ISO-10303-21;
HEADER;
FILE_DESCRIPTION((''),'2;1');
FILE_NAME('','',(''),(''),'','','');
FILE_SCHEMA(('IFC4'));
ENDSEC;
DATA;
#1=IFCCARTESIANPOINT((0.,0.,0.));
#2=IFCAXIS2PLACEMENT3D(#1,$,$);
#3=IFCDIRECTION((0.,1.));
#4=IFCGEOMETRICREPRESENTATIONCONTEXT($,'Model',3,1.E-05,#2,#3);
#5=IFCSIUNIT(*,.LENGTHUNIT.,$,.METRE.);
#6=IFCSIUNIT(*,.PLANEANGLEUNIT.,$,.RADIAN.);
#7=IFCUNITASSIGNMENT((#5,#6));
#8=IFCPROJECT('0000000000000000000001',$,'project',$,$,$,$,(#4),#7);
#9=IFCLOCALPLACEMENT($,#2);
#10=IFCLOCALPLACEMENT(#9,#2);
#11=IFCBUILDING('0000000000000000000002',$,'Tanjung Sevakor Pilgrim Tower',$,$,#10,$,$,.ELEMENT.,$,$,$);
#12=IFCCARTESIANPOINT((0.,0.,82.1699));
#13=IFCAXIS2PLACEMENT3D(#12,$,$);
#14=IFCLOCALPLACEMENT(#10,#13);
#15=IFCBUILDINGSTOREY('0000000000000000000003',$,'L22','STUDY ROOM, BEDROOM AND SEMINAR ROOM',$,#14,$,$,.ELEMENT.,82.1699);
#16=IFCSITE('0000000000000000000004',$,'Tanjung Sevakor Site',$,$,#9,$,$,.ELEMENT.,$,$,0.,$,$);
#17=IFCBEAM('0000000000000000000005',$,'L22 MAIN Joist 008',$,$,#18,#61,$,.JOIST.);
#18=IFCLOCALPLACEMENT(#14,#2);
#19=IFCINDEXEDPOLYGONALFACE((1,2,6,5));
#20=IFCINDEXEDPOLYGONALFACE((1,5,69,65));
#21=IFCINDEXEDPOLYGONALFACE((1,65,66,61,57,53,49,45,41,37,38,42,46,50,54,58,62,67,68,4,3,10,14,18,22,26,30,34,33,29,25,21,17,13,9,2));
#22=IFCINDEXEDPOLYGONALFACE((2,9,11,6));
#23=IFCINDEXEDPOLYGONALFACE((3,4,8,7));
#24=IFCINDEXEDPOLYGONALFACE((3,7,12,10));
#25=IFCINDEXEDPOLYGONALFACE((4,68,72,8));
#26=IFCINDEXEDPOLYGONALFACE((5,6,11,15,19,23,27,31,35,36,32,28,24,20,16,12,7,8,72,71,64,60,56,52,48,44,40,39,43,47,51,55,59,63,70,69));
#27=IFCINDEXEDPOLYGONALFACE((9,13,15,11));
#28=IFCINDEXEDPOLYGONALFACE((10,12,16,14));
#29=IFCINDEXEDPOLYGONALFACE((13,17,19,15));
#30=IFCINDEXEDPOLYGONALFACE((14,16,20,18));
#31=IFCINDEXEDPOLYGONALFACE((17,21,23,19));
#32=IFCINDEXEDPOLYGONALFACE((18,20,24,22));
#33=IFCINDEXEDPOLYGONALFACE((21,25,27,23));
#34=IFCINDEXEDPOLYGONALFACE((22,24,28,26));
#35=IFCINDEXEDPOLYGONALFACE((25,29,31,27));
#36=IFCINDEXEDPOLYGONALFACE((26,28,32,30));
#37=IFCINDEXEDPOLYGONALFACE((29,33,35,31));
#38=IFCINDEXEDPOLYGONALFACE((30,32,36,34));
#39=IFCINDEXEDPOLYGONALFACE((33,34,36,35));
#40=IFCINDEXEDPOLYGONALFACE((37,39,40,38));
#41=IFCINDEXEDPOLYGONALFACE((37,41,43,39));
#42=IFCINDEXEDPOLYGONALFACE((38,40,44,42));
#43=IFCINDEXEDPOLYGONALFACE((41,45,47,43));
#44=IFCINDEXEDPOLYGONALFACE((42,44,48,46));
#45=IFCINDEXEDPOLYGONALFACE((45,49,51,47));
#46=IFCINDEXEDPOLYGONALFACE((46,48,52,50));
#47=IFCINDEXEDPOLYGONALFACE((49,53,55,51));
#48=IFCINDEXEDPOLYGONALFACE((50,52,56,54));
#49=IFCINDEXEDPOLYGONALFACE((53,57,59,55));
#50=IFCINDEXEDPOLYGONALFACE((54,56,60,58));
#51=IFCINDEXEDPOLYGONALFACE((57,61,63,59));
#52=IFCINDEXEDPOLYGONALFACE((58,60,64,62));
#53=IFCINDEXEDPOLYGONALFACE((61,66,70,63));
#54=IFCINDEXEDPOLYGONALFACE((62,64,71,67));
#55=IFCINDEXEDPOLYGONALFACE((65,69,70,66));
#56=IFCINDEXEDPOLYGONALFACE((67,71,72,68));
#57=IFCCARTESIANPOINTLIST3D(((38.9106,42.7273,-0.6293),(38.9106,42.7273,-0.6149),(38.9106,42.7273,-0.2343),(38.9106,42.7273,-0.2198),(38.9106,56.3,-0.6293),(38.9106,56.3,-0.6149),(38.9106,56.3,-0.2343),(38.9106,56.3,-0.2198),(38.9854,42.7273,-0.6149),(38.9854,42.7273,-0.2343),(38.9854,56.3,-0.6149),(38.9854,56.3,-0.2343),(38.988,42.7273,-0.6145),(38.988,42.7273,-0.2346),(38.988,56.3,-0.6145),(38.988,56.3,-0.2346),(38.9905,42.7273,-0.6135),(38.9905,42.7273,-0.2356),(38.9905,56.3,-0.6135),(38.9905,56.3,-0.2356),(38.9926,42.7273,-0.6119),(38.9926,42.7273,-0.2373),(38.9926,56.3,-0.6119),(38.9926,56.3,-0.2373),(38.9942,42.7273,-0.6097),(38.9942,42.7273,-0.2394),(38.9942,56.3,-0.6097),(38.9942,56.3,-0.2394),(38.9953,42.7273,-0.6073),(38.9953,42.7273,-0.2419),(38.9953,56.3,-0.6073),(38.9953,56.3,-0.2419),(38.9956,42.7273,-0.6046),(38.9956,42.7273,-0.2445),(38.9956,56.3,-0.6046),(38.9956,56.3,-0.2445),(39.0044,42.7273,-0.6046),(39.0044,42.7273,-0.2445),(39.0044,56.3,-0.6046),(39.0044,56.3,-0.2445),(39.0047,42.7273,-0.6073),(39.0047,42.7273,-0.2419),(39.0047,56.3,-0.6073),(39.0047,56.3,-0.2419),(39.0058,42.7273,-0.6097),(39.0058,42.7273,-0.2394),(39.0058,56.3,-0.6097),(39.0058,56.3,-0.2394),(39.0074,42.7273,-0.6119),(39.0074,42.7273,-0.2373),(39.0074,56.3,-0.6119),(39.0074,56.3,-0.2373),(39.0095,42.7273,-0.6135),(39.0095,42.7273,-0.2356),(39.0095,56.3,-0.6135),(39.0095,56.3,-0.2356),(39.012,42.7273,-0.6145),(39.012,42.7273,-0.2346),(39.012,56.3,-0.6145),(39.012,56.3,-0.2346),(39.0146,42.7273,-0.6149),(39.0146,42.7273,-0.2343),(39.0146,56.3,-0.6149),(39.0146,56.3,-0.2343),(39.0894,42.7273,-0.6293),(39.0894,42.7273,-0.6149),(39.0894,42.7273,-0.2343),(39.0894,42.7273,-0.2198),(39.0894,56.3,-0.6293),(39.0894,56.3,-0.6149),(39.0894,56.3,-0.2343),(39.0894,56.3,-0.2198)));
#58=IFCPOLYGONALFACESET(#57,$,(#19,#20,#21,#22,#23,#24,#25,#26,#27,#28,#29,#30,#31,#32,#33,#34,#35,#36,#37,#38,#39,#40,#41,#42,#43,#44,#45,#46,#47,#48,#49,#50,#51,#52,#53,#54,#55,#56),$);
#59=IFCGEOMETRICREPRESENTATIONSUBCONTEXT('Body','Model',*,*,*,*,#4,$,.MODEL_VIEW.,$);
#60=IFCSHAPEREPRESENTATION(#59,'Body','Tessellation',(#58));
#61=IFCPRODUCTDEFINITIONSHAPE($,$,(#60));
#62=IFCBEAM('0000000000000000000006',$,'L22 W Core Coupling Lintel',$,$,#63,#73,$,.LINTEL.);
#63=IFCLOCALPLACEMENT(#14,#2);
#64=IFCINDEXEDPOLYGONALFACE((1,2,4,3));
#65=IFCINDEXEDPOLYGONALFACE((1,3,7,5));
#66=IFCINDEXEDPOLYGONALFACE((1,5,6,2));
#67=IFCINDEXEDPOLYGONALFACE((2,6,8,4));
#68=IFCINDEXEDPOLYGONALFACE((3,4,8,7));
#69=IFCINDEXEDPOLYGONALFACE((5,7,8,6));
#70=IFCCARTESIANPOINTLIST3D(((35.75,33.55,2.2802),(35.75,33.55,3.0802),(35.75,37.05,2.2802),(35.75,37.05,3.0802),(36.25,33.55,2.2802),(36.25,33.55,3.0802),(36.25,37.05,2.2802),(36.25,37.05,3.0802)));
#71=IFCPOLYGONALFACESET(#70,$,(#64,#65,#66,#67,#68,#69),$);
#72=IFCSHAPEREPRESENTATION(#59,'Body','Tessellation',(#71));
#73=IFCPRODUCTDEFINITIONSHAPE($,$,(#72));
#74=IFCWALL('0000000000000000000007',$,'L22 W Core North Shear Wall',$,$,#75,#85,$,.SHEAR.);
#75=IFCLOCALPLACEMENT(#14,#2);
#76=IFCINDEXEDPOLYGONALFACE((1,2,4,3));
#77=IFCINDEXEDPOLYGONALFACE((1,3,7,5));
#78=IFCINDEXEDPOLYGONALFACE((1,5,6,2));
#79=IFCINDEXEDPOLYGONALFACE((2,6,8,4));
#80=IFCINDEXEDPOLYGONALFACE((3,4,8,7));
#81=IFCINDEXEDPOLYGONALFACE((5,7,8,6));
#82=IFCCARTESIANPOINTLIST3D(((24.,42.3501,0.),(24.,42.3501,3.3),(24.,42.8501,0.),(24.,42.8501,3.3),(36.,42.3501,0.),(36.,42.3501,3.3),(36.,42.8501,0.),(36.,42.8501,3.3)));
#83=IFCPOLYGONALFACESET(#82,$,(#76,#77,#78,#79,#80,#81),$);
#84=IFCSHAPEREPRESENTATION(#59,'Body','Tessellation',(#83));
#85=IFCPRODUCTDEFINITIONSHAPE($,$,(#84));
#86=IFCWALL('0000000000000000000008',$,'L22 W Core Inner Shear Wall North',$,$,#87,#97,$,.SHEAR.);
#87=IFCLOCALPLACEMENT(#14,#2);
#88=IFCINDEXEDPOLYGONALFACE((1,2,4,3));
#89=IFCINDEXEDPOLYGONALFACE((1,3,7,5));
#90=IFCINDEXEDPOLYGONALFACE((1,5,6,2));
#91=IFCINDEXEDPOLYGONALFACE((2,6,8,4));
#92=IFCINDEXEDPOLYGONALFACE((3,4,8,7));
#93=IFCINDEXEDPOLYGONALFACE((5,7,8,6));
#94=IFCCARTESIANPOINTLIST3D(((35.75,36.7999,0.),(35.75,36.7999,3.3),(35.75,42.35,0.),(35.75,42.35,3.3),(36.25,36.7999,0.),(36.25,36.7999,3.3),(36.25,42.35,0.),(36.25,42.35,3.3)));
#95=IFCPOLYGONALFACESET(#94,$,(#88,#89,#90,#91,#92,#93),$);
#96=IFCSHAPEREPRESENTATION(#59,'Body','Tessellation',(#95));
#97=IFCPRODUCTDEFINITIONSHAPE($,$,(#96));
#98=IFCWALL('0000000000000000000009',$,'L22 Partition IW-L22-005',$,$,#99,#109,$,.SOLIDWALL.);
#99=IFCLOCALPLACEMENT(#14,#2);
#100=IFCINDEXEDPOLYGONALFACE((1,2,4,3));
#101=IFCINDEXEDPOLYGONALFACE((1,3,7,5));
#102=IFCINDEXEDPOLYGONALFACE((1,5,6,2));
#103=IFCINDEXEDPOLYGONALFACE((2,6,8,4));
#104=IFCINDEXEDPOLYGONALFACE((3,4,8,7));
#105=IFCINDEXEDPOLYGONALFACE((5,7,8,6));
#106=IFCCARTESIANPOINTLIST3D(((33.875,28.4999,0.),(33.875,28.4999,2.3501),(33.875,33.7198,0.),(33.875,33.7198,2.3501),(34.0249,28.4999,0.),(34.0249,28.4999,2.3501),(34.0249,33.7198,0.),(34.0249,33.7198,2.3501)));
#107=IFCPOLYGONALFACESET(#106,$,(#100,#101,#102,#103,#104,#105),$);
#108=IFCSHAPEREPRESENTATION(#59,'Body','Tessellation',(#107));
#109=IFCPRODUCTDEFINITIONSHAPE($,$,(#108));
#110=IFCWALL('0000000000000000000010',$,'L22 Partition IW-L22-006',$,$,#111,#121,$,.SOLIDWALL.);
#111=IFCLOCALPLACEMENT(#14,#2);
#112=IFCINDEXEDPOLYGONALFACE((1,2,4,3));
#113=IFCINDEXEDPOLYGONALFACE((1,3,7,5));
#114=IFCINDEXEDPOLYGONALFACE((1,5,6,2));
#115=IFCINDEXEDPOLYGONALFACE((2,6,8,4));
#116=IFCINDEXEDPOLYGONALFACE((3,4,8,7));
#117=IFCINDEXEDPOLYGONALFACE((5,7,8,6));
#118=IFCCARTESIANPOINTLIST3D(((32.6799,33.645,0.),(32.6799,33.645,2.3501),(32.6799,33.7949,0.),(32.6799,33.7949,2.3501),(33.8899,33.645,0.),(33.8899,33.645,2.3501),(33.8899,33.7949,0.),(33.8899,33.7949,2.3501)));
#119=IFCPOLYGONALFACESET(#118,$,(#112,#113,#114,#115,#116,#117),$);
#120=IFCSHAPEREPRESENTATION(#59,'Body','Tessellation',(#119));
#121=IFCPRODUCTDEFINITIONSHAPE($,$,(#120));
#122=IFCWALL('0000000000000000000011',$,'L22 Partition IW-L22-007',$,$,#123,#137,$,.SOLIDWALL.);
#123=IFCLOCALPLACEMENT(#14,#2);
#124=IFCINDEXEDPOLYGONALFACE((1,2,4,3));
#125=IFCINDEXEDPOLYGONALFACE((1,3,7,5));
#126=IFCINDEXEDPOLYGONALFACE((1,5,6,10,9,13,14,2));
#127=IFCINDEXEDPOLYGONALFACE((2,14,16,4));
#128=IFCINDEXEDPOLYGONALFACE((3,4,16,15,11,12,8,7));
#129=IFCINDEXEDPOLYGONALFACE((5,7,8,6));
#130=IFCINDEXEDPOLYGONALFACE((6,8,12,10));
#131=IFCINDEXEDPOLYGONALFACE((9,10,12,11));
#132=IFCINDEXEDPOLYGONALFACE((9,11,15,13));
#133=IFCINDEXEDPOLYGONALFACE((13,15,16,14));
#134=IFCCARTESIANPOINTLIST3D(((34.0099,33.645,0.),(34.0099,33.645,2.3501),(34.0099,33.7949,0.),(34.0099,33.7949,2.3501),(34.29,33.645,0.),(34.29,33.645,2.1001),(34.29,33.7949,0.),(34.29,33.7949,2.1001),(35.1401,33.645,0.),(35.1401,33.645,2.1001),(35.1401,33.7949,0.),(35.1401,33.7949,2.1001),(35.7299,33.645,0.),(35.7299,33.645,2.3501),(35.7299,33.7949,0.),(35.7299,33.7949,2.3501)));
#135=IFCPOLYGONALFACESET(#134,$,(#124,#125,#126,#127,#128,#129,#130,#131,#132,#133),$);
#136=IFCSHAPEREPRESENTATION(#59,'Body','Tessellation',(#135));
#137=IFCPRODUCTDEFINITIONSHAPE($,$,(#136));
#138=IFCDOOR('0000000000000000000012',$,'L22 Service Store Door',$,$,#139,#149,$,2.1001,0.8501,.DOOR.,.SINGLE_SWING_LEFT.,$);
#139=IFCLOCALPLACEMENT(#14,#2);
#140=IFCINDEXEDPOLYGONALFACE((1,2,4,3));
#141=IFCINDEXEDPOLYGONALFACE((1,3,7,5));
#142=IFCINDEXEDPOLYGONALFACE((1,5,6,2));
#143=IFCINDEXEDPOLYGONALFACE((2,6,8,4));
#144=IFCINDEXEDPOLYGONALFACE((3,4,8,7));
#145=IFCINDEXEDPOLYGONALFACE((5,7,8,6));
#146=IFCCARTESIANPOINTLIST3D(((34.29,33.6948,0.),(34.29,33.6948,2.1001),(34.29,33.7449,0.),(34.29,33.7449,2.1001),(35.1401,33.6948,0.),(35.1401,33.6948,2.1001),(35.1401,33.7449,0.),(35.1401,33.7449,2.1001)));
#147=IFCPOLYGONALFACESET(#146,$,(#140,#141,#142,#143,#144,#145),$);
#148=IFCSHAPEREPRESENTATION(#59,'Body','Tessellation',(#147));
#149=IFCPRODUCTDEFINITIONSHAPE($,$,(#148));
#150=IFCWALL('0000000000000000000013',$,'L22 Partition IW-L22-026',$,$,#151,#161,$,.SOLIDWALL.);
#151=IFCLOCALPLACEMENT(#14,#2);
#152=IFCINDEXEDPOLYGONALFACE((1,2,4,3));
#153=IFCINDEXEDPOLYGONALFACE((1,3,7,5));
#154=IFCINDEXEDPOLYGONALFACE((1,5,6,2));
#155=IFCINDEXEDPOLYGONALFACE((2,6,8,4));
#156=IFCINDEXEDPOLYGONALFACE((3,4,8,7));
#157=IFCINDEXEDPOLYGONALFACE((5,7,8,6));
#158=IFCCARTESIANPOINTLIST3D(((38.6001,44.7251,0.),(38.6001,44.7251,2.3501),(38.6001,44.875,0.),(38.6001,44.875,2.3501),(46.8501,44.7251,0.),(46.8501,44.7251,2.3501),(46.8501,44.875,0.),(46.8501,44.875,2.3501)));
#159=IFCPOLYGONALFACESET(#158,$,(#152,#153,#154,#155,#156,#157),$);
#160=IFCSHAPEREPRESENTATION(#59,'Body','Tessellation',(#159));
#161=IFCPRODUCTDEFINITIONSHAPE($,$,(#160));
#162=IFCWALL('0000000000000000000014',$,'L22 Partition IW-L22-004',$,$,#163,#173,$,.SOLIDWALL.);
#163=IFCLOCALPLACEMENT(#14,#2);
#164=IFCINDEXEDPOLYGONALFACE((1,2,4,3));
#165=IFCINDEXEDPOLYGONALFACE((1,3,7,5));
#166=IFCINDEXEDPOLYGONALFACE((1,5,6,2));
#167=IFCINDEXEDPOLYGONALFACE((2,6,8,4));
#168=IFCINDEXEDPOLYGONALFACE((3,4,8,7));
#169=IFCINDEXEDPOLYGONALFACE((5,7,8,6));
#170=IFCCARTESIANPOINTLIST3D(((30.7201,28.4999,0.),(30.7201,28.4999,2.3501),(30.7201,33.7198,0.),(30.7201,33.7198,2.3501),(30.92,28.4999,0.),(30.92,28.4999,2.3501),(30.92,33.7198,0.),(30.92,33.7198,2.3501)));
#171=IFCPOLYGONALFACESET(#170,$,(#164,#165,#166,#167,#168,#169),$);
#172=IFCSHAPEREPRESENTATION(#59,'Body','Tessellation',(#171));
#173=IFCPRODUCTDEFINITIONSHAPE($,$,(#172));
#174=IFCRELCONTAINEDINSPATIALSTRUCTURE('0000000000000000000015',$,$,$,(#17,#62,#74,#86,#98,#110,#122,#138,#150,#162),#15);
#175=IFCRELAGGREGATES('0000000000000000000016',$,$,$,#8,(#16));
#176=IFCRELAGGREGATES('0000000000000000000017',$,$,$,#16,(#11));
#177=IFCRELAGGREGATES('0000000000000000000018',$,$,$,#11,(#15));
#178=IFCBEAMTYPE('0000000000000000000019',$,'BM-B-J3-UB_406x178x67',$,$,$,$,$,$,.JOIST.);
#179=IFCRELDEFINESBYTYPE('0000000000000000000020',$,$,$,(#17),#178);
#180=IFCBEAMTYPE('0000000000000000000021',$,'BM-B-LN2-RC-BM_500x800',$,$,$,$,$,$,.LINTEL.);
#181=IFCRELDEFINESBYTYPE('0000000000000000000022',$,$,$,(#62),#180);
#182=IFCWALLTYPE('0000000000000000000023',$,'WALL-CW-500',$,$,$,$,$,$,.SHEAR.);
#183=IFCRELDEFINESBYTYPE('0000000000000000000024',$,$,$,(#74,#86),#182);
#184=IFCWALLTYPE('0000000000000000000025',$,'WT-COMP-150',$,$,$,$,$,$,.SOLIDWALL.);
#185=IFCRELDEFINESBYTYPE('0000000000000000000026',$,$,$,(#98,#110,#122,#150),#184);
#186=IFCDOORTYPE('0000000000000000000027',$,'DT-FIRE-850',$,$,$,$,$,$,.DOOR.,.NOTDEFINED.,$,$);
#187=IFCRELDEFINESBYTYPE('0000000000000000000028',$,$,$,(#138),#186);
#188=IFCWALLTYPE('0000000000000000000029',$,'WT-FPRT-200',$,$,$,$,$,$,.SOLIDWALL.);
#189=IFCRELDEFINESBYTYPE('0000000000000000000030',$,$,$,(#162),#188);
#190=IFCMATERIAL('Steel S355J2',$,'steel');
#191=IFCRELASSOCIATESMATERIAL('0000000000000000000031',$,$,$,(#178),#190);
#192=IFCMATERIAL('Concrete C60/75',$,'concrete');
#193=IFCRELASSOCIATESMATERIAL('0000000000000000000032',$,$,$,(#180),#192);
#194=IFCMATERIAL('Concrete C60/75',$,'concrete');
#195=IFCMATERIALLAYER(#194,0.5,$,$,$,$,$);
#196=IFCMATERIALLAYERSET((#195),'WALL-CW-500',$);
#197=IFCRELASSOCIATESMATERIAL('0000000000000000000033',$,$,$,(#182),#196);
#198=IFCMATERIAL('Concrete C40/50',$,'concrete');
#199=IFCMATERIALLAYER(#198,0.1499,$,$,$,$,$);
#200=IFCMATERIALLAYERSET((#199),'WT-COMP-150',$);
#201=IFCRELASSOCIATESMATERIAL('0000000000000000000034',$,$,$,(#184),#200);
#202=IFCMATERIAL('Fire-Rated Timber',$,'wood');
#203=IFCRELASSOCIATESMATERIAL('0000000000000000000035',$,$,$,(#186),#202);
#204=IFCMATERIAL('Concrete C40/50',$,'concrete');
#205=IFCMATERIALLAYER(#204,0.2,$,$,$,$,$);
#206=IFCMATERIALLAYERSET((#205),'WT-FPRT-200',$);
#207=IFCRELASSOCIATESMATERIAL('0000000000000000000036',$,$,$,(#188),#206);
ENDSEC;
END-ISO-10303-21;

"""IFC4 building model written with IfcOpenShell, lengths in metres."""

from ifc_helpers import new_model, si_unit, direction, frame, frame_2d, origin, origin_2d, place, context, subcontext, project, spatial, rectangle, i_section, extrude, material, layer, layer_set, material_profile, profile_set, type_object, element, fill, save


model = new_model("IFC4")

# Units and contexts
model_context = context("Model", 3, precision=1e-05, world=origin(), true_north=direction((0.0, 1.0)))
body_context = subcontext(model_context, "Body", "Model", "MODEL_VIEW")
ifc_project = project(units=[si_unit("LENGTHUNIT", "METRE"), si_unit("PLANEANGLEUNIT", "RADIAN")], contexts=[model_context])

# Site, building, storey
site_placement = place(None, origin())
site = spatial("IfcSite", under=ifc_project, at=site_placement, Name="Tanjung Sevakor Site", CompositionType="ELEMENT", RefElevation=0.0)
building_placement = place(site_placement, origin())
building = spatial("IfcBuilding", under=site, at=building_placement, Name="Tanjung Sevakor Pilgrim Tower", CompositionType="ELEMENT")
storey_placement = place(building_placement, frame((0.0, 0.0, 82.1699)))
storey = spatial("IfcBuildingStorey", under=building, at=storey_placement, Name="L22", Description="STUDY ROOM, BEDROOM AND SEMINAR ROOM", CompositionType="ELEMENT", Elevation=82.1699)

# Beams
ifc_material_1 = material(Name="Steel S355J2", Category="steel")
ifc_material_profile_1 = material_profile(ifc_material_1, i_section(OverallWidth=0.1787, OverallDepth=0.4094, WebThickness=0.0088, FlangeThickness=0.0144, FilletRadius=0.0103, at=origin_2d()))
ifc_profile_set_1 = profile_set([ifc_material_profile_1], Name="Steel S355J2")
beam_type_1 = type_object("IfcBeamType", Name="BM-B-J3-UB_406x178x67", PredefinedType="JOIST", material=ifc_profile_set_1)
beam_1_placement = place(storey_placement, frame((39.0, 42.7273, -0.4246), z_axis=(0.0, 1.0, 0.0), x_axis=(-1.0, 0.0, 0.0)))
element("IfcBeam", 1, at=beam_1_placement, inside=storey, type_object=beam_type_1, Name="L22 MAIN Joist 008", PredefinedType="JOIST", context=body_context, shape_type="SweptSolid", body=[
    extrude(i_section(OverallWidth=0.1787, OverallDepth=0.4094, WebThickness=0.0088, FlangeThickness=0.0144, FilletRadius=0.0103, at=origin_2d()), origin(), (0.0, 0.0, 1.0), 13.5728),
])
ifc_material_2 = material(Name="Concrete C60/75", Category="concrete")
ifc_material_profile_2 = material_profile(ifc_material_2, rectangle(XDim=0.5, YDim=0.8, at=origin_2d()))
ifc_profile_set_2 = profile_set([ifc_material_profile_2], Name="Concrete C60/75")
beam_type_2 = type_object("IfcBeamType", Name="BM-B-LN2-RC-BM_500x800", PredefinedType="LINTEL", material=ifc_profile_set_2)
beam_2_placement = place(storey_placement, frame((36.0, 33.55, 2.6802), z_axis=(0.0, 1.0, 0.0), x_axis=(-1.0, 0.0, 0.0)))
element("IfcBeam", 2, at=beam_2_placement, inside=storey, type_object=beam_type_2, Name="L22 W Core Coupling Lintel", PredefinedType="LINTEL", context=body_context, shape_type="SweptSolid", body=[
    extrude(rectangle(XDim=0.5, YDim=0.8, at=origin_2d()), origin(), (0.0, 0.0, 1.0), 3.5),
])

# Walls
ifc_material_3 = material(Name="Concrete C60/75", Category="concrete")
ifc_layer_1 = layer(ifc_material_3, 0.5)
ifc_layer_set_1 = layer_set([ifc_layer_1], Name="WALL-CW-500")
wall_type_1 = type_object("IfcWallType", Name="WALL-CW-500", PredefinedType="SHEAR", material=ifc_layer_set_1)
wall_1_placement = place(storey_placement, frame((36.0, 42.6001, 0.0), z_axis=(0.0, 0.0, 1.0), x_axis=(-1.0, 0.0, 0.0)))
element("IfcWall", 3, at=wall_1_placement, inside=storey, type_object=wall_type_1, Name="L22 W Core North Shear Wall", PredefinedType="SHEAR", context=body_context, shape_type="SweptSolid", body=[
    extrude(rectangle(XDim=12.0, YDim=0.5, at=frame_2d((6.0, 0.0))), origin(), (0.0, 0.0, 1.0), 3.3),
])
wall_2_placement = place(storey_placement, frame((36.0, 36.8, 0.0), z_axis=(0.0, 0.0, 1.0), x_axis=(0.0, 1.0, 0.0)))
element("IfcWall", 4, at=wall_2_placement, inside=storey, type_object=wall_type_1, Name="L22 W Core Inner Shear Wall North", PredefinedType="SHEAR", context=body_context, shape_type="SweptSolid", body=[
    extrude(rectangle(XDim=5.55, YDim=0.5, at=frame_2d((2.7749, 0.0))), origin(), (0.0, 0.0, 1.0), 3.3),
])
ifc_material_4 = material(Name="Concrete C40/50", Category="concrete")
ifc_layer_2 = layer(ifc_material_4, 0.1499)
ifc_layer_set_2 = layer_set([ifc_layer_2], Name="WT-COMP-150")
wall_type_2 = type_object("IfcWallType", Name="WT-COMP-150", PredefinedType="SOLIDWALL", material=ifc_layer_set_2)
wall_3_placement = place(storey_placement, frame((33.95, 28.5, 0.0), z_axis=(0.0, 0.0, 1.0), x_axis=(0.0, 1.0, 0.0)))
element("IfcWall", 5, at=wall_3_placement, inside=storey, type_object=wall_type_2, Name="L22 Partition IW-L22-005", PredefinedType="SOLIDWALL", context=body_context, shape_type="SweptSolid", body=[
    extrude(rectangle(XDim=5.22, YDim=0.1499, at=frame_2d((2.6099, 0.0))), origin(), (0.0, 0.0, 1.0), 2.3501),
])
wall_4_placement = place(storey_placement, frame((32.6799, 33.72, 0.0), z_axis=(0.0, 0.0, 1.0), x_axis=(1.0, 0.0, 0.0)))
element("IfcWall", 6, at=wall_4_placement, inside=storey, type_object=wall_type_2, Name="L22 Partition IW-L22-006", PredefinedType="SOLIDWALL", context=body_context, shape_type="SweptSolid", body=[
    extrude(rectangle(XDim=1.21, YDim=0.1499, at=frame_2d((0.605, 0.0))), origin(), (0.0, 0.0, 1.0), 2.3501),
])

# Wall, opening, door
wall_5_placement = place(storey_placement, frame((34.01, 33.72, 0.0), z_axis=(0.0, 0.0, 1.0), x_axis=(1.0, 0.0, 0.0)))
wall_5 = element("IfcWall", 7, at=wall_5_placement, inside=storey, type_object=wall_type_2, Name="L22 Partition IW-L22-007", PredefinedType="SOLIDWALL", context=body_context, shape_type="SweptSolid", body=[
    extrude(rectangle(XDim=1.72, YDim=0.1499, at=frame_2d((0.8599, 0.0))), origin(), (0.0, 0.0, 1.0), 2.3501),
])
opening_1_placement = place(wall_5_placement, frame((0.28, 0.0, 0.0)))
opening_1 = element("IfcOpeningElement", 8, at=opening_1_placement, cuts=wall_5, PredefinedType="OPENING", context=body_context, shape_type="SweptSolid", body=[
    extrude(rectangle(XDim=0.8501, YDim=2.1001, at=frame_2d((0.425, 1.05))), frame((0.0, 0.085, 0.0), z_axis=(0.0, -1.0, 0.0), x_axis=(1.0, 0.0, 0.0)), (0.0, 0.0, 1.0), 0.1699),
])
ifc_material_5 = material(Name="Fire-Rated Timber", Category="wood")
door_type_1 = type_object("IfcDoorType", Name="DT-FIRE-850", OperationType="NOTDEFINED", PredefinedType="DOOR", material=ifc_material_5)
door_1_placement = place(opening_1_placement, origin())
door_1 = element("IfcDoor", 9, at=door_1_placement, inside=storey, type_object=door_type_1, Name="L22 Service Store Door", OperationType="SINGLE_SWING_LEFT", OverallHeight=2.1001, OverallWidth=0.8501, PredefinedType="DOOR", context=body_context, shape_type="SweptSolid", body=[
    extrude(rectangle(XDim=0.8501, YDim=2.1001, at=frame_2d((0.425, 1.05))), frame((0.0, 0.0249, 0.0), z_axis=(0.0, -1.0, 0.0), x_axis=(1.0, 0.0, 0.0)), (0.0, 0.0, 1.0), 0.05),
])
fill(opening_1, door_1)

# Walls
wall_6_placement = place(storey_placement, frame((38.6001, 44.8, 0.0), z_axis=(0.0, 0.0, 1.0), x_axis=(1.0, 0.0, 0.0)))
element("IfcWall", 10, at=wall_6_placement, inside=storey, type_object=wall_type_2, Name="L22 Partition IW-L22-026", PredefinedType="SOLIDWALL", context=body_context, shape_type="SweptSolid", body=[
    extrude(rectangle(XDim=8.25, YDim=0.1499, at=frame_2d((4.125, 0.0))), origin(), (0.0, 0.0, 1.0), 2.3501),
])
ifc_material_6 = material(Name="Concrete C40/50", Category="concrete")
ifc_layer_3 = layer(ifc_material_6, 0.2)
ifc_layer_set_3 = layer_set([ifc_layer_3], Name="WT-FPRT-200")
wall_type_3 = type_object("IfcWallType", Name="WT-FPRT-200", PredefinedType="SOLIDWALL", material=ifc_layer_set_3)
wall_7_placement = place(storey_placement, frame((30.8201, 28.5, 0.0), z_axis=(0.0, 0.0, 1.0), x_axis=(0.0, 1.0, 0.0)))
element("IfcWall", 11, at=wall_7_placement, inside=storey, type_object=wall_type_3, Name="L22 Partition IW-L22-004", PredefinedType="SOLIDWALL", context=body_context, shape_type="SweptSolid", body=[
    extrude(rectangle(XDim=5.22, YDim=0.2, at=frame_2d((2.6099, 0.0))), origin(), (0.0, 0.0, 1.0), 2.3501),
])

save(model, "model.ifc")
